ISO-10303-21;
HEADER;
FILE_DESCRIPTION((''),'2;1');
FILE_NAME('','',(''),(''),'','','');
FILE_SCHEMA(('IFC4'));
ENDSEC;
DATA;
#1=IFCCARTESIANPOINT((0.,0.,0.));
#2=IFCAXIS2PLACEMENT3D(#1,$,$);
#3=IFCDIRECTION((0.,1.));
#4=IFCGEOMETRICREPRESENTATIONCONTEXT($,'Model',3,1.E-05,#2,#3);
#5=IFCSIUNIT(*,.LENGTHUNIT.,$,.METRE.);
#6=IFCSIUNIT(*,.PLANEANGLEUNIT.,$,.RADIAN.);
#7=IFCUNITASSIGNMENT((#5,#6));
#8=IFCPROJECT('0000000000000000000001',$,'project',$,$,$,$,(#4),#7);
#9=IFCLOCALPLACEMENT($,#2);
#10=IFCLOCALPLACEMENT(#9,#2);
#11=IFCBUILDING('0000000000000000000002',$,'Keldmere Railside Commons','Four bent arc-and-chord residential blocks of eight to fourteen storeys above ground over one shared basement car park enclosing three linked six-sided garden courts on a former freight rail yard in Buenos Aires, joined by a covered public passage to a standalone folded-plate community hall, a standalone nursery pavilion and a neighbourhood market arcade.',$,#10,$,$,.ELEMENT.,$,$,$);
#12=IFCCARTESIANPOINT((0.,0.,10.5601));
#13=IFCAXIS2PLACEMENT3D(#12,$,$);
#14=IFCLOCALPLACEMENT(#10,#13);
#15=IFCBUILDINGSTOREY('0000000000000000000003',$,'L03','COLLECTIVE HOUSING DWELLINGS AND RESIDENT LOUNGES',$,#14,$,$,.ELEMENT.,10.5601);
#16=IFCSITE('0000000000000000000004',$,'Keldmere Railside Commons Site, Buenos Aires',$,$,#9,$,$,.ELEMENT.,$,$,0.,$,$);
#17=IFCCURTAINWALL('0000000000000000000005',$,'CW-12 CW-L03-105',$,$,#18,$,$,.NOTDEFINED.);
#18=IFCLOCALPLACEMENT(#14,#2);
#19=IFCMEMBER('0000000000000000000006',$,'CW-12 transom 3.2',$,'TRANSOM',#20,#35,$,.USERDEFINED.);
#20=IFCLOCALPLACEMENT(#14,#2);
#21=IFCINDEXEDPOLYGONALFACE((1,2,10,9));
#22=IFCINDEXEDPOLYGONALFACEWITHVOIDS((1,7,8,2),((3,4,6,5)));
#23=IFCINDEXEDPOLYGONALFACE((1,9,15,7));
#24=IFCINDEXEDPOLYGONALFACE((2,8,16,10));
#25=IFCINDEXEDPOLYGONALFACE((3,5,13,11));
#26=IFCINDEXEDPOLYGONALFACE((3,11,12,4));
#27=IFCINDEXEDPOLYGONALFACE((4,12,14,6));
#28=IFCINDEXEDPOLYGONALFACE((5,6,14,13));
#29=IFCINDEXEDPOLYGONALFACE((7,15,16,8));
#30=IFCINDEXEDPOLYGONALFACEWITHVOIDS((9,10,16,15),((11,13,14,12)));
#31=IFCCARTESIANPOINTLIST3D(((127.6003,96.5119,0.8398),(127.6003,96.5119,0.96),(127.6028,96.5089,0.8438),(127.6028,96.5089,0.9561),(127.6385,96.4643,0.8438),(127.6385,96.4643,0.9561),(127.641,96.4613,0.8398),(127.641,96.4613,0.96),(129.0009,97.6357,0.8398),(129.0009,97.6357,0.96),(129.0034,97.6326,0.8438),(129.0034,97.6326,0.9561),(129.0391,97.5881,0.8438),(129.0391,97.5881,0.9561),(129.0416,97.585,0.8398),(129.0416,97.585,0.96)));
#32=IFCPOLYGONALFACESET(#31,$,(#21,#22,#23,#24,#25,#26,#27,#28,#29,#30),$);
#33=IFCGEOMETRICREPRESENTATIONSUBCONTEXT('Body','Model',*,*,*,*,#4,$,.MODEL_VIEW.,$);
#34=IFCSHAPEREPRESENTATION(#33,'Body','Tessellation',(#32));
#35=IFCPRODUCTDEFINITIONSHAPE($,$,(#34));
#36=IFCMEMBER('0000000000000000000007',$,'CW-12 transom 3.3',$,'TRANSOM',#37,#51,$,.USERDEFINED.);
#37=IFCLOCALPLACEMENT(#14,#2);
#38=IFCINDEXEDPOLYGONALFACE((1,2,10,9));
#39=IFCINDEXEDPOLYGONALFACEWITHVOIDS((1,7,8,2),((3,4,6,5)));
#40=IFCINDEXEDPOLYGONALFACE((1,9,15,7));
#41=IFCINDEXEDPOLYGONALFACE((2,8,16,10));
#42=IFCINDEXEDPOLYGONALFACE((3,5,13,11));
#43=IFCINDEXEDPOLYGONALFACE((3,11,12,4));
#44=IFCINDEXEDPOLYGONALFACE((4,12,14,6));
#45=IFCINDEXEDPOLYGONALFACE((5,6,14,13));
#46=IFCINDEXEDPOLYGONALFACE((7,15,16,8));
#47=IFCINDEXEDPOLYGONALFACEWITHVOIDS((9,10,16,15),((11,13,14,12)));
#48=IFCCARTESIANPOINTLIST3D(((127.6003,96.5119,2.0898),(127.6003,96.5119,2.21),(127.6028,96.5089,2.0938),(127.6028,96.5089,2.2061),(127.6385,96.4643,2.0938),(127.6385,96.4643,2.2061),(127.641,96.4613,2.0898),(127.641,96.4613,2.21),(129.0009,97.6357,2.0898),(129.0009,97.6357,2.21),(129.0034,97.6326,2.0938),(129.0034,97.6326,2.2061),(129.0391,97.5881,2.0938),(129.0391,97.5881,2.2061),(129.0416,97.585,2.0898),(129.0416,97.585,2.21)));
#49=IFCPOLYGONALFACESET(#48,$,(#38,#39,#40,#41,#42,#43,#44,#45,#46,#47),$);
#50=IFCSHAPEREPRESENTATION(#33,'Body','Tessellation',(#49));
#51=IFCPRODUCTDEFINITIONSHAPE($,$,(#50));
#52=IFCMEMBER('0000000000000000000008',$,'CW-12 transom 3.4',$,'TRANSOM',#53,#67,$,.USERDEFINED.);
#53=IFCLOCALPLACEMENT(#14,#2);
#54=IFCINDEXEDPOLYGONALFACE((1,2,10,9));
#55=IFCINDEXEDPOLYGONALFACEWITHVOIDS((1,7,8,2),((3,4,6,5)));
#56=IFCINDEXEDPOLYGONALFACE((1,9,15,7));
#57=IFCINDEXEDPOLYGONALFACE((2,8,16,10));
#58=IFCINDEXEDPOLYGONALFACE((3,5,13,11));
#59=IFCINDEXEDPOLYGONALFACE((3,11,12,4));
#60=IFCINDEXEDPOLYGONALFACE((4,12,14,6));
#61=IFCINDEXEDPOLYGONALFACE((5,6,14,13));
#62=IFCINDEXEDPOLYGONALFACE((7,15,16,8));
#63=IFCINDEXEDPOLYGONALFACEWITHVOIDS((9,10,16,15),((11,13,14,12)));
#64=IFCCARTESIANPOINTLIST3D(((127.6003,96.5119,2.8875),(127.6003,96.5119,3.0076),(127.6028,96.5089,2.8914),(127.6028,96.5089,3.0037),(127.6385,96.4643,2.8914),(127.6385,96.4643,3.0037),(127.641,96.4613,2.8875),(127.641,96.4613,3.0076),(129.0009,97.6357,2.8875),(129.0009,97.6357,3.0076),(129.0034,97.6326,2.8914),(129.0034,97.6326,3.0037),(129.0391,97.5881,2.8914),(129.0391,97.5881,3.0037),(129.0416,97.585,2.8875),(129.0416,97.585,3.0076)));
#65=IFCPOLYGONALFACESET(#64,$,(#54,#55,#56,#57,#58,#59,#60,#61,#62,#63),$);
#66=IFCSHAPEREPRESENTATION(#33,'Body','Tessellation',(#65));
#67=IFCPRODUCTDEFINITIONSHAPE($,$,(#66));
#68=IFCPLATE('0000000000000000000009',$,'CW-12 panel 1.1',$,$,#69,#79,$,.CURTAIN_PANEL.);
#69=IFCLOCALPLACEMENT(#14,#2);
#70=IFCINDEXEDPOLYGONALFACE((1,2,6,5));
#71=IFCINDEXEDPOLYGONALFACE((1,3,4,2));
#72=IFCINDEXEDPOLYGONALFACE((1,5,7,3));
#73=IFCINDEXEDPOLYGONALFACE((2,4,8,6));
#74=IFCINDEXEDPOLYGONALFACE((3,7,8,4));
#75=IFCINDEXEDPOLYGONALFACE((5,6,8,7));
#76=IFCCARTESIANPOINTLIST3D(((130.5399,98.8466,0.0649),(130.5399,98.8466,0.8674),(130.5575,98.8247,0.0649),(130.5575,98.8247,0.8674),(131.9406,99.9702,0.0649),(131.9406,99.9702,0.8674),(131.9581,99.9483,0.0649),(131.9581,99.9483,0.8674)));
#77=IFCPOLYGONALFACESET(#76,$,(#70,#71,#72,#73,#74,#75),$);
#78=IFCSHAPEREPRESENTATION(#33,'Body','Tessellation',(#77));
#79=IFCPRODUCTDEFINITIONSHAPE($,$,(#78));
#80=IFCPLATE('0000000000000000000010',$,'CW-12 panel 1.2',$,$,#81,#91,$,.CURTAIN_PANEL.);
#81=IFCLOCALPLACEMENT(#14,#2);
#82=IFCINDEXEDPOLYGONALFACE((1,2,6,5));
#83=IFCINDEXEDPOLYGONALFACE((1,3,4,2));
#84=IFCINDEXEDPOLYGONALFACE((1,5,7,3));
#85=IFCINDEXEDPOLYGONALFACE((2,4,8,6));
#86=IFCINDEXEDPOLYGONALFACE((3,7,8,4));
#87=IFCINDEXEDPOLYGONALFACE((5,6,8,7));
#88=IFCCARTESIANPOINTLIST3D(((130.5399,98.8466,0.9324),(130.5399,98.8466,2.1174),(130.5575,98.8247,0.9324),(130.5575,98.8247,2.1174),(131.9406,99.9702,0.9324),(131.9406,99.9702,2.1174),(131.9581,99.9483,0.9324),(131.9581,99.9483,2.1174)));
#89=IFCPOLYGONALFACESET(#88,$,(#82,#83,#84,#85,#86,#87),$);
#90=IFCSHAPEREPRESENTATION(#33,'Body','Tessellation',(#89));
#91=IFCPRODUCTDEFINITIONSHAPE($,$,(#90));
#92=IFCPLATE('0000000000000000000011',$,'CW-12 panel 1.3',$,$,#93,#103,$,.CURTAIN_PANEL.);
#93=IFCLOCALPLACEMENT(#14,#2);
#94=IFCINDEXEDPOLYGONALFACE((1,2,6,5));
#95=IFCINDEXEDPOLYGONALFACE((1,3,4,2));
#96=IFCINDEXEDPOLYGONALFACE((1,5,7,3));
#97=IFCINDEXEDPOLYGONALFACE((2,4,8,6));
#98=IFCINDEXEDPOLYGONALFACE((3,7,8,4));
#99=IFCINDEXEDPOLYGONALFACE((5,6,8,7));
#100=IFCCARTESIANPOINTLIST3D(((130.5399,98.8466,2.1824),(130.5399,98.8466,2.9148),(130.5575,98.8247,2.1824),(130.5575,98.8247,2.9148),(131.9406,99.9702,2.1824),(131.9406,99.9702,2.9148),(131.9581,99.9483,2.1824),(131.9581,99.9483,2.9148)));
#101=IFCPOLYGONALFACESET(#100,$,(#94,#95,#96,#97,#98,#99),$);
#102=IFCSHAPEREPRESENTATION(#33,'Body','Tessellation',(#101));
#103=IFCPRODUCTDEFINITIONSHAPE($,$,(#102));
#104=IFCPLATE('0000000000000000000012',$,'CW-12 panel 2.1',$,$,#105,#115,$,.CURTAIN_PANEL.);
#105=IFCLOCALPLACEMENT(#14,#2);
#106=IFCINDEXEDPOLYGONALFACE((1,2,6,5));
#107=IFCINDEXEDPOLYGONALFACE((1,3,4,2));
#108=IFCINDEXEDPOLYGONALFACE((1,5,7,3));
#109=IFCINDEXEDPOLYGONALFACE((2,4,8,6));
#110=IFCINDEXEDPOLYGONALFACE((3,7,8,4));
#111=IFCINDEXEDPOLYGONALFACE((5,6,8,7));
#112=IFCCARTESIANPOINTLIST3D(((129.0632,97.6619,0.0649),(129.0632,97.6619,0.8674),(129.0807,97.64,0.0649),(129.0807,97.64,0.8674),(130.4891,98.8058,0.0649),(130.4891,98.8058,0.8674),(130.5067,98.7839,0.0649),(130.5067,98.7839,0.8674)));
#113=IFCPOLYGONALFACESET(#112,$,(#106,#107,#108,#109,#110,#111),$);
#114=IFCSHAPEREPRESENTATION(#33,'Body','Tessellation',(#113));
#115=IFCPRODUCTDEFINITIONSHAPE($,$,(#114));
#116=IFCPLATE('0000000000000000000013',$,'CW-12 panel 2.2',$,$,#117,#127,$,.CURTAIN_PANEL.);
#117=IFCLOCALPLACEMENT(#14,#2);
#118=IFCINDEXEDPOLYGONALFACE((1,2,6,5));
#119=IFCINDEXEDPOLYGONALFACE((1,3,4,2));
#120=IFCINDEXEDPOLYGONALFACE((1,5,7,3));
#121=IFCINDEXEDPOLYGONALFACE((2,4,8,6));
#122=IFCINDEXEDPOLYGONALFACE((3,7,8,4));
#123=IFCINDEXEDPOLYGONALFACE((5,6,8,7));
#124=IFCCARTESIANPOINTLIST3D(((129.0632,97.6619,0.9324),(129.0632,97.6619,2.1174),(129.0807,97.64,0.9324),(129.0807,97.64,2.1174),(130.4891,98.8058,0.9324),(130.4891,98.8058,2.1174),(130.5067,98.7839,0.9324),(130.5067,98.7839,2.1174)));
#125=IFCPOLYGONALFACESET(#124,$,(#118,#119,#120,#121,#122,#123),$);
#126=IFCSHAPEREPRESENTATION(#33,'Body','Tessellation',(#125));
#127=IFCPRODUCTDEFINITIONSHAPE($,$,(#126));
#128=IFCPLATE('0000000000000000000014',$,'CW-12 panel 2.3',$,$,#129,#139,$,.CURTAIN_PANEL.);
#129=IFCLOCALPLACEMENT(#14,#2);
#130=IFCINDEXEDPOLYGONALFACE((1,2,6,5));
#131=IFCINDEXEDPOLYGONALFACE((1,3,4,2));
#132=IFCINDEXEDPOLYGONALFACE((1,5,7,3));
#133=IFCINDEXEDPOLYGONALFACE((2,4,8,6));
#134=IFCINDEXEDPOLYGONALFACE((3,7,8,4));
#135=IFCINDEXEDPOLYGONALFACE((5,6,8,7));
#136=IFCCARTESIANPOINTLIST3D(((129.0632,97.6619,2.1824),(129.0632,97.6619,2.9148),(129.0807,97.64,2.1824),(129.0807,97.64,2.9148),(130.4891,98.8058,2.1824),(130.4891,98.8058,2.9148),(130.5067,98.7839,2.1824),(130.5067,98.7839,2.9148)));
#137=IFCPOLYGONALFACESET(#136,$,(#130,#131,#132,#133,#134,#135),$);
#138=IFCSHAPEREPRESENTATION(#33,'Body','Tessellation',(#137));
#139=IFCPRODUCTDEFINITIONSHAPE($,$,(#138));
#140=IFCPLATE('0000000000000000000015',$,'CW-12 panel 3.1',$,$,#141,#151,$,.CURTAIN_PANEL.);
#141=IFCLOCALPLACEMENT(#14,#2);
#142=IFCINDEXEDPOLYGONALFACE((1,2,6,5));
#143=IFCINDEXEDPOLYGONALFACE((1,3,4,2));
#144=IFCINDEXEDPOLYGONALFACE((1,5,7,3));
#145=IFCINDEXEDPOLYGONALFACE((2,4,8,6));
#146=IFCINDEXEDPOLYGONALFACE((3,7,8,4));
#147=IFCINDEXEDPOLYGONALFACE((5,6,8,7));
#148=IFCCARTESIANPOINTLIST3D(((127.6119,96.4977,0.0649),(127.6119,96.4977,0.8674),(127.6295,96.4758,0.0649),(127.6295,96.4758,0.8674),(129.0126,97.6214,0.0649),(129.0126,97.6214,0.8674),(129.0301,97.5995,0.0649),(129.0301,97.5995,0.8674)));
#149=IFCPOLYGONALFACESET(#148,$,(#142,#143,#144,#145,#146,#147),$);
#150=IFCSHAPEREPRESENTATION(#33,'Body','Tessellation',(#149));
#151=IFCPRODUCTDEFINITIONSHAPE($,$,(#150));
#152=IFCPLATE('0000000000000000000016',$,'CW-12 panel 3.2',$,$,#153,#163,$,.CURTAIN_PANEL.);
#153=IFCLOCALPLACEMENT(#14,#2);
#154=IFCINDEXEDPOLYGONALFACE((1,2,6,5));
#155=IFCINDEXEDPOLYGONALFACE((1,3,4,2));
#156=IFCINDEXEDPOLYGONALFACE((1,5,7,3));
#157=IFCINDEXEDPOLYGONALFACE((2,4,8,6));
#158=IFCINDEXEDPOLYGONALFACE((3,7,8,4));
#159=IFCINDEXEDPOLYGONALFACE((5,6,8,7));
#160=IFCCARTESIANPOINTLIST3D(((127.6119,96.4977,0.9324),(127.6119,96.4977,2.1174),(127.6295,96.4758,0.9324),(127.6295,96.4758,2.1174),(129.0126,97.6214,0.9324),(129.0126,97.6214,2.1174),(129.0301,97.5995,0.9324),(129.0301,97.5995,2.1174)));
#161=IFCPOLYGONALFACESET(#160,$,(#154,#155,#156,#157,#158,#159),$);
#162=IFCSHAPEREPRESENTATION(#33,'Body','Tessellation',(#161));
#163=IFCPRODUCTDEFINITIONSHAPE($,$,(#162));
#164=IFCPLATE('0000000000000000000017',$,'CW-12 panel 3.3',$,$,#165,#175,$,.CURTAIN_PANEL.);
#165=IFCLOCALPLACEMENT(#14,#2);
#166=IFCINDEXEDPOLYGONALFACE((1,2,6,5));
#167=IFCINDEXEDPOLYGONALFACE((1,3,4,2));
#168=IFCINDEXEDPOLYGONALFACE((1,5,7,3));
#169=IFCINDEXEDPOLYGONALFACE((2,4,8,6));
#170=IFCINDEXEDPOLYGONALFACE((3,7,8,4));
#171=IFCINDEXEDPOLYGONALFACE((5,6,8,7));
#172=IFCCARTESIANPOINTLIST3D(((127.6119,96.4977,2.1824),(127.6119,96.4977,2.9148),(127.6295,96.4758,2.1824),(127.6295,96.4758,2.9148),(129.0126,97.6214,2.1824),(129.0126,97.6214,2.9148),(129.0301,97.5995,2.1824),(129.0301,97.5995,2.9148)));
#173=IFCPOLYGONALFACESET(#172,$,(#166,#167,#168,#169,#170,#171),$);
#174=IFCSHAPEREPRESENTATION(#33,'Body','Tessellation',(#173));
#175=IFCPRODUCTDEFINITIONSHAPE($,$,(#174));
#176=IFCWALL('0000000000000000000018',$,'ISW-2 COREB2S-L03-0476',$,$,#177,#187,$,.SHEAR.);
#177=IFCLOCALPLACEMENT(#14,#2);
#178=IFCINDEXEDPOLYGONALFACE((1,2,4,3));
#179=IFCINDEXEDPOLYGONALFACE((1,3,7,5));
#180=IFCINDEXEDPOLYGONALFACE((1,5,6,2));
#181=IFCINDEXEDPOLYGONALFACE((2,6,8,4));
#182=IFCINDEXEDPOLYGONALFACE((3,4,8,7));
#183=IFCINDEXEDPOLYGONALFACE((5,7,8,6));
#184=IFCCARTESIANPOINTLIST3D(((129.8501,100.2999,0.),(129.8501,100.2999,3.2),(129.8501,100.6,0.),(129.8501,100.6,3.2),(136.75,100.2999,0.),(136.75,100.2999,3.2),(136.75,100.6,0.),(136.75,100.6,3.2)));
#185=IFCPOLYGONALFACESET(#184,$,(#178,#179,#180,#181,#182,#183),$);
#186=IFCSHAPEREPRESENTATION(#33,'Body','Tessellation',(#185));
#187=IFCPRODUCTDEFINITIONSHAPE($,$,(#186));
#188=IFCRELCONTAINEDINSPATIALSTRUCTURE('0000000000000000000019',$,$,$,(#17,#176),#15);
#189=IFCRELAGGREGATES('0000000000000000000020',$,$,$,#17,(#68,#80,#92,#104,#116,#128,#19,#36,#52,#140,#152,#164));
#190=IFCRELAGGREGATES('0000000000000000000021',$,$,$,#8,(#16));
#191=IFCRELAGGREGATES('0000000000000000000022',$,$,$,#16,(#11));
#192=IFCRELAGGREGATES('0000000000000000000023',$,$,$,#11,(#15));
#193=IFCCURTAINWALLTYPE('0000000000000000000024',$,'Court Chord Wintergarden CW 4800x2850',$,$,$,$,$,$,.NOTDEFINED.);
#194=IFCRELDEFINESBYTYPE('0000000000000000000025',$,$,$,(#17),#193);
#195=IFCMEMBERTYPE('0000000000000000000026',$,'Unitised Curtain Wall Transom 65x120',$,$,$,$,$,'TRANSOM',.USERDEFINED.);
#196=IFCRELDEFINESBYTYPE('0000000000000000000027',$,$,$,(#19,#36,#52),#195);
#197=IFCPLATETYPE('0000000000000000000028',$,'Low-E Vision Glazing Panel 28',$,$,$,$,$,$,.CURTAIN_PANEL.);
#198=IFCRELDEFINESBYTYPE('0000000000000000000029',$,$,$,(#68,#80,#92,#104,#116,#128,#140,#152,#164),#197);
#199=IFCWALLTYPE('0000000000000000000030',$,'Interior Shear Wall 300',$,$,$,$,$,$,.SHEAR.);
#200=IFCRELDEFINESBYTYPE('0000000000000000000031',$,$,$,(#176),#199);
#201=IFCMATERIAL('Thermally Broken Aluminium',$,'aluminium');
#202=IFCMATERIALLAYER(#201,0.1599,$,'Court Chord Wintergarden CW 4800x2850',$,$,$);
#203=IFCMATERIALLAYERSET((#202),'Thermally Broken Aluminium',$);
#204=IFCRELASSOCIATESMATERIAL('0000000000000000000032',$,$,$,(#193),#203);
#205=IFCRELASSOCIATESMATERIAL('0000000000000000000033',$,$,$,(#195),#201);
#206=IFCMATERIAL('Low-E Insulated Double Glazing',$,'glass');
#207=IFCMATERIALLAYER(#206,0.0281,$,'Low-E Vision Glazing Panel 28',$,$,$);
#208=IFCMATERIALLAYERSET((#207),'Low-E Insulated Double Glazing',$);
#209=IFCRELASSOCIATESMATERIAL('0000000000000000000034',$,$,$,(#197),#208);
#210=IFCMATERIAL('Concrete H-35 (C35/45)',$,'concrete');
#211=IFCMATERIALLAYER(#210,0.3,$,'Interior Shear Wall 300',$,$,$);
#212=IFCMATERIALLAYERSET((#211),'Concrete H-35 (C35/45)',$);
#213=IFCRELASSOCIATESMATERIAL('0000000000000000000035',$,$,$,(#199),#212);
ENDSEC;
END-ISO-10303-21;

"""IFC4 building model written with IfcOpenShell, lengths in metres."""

from ifc_helpers import new_model, si_unit, direction, frame, frame_2d, origin, origin_2d, place, context, subcontext, project, spatial, rectangle, hollow_rectangle, extrude, material, layer, layer_set, material_profile, profile_set, type_object, element, aggregate, save


model = new_model("IFC4")

# Units and contexts
model_context = context("Model", 3, precision=1e-05, world=origin(), true_north=direction((0.0, 1.0)))
body_context = subcontext(model_context, "Body", "Model", "MODEL_VIEW")
ifc_project = project(units=[si_unit("LENGTHUNIT", "METRE"), si_unit("PLANEANGLEUNIT", "RADIAN")], contexts=[model_context])

# Site, building, storey
site_placement = place(None, origin())
site = spatial("IfcSite", under=ifc_project, at=site_placement, Name="Keldmere Railside Commons Site, Buenos Aires", CompositionType="ELEMENT", RefElevation=0.0)
building_placement = place(site_placement, origin())
building = spatial("IfcBuilding", under=site, at=building_placement, Name="Keldmere Railside Commons", Description="Four bent arc-and-chord residential blocks of eight to fourteen storeys above ground over one shared basement car park enclosing three linked six-sided garden courts on a former freight rail yard in Buenos Aires, joined by a covered public passage to a standalone folded-plate community hall, a standalone nursery pavilion and a neighbourhood market arcade.", CompositionType="ELEMENT")
storey_placement = place(building_placement, frame((0.0, 0.0, 10.5601)))
storey = spatial("IfcBuildingStorey", under=building, at=storey_placement, Name="L03", Description="COLLECTIVE HOUSING DWELLINGS AND RESIDENT LOUNGES", CompositionType="ELEMENT", Elevation=10.5601)

# Curtain wall, members, plates
ifc_material_1 = material(Name="Thermally Broken Aluminium", Category="aluminium")
ifc_layer_1 = layer(ifc_material_1, 0.1599, Name="Court Chord Wintergarden CW 4800x2850")
ifc_layer_set_1 = layer_set([ifc_layer_1], Name="Thermally Broken Aluminium")
curtain_wall_type = type_object("IfcCurtainWallType", Name="Court Chord Wintergarden CW 4800x2850", PredefinedType="NOTDEFINED", material=ifc_layer_set_1)
curtain_wall_placement = place(storey_placement, origin())
curtain_wall = element("IfcCurtainWall", 1, at=curtain_wall_placement, inside=storey, type_object=curtain_wall_type, Name="CW-12 CW-L03-105", PredefinedType="NOTDEFINED")
ifc_material_profile_1 = material_profile(ifc_material_1, hollow_rectangle(XDim=0.0649, YDim=0.1201, WallThickness=0.0039, at=origin_2d()), Name="ALU-TRAN-65x120")
ifc_profile_set_1 = profile_set([ifc_material_profile_1], Name="Thermally Broken Aluminium")
member_type_1 = type_object("IfcMemberType", Name="Unitised Curtain Wall Transom 65x120", ElementType="TRANSOM", PredefinedType="USERDEFINED", material=ifc_profile_set_1)
member_1_placement = place(storey_placement, frame((129.0212, 97.6104, 0.8999), z_axis=(-0.779979, -0.625805, 0.0), x_axis=(0.625805, -0.779979, 0.0)))
member_1 = element("IfcMember", 2, at=member_1_placement, type_object=member_type_1, Name="CW-12 transom 3.2", ObjectType="TRANSOM", PredefinedType="USERDEFINED", context=body_context, shape_type="SweptSolid", body=[
    extrude(hollow_rectangle(XDim=0.0649, YDim=0.1201, WallThickness=0.0039, at=origin_2d()), origin(), (0.0, 0.0, 1.0), 1.7957),
])
member_2_placement = place(storey_placement, frame((129.0212, 97.6104, 2.1499), z_axis=(-0.779979, -0.625805, 0.0), x_axis=(0.625805, -0.779979, 0.0)))
member_2 = element("IfcMember", 3, at=member_2_placement, type_object=member_type_1, Name="CW-12 transom 3.3", ObjectType="TRANSOM", PredefinedType="USERDEFINED", context=body_context, shape_type="SweptSolid", body=[
    extrude(hollow_rectangle(XDim=0.0649, YDim=0.1201, WallThickness=0.0039, at=origin_2d()), origin(), (0.0, 0.0, 1.0), 1.7957),
])
member_3_placement = place(storey_placement, frame((129.0212, 97.6104, 2.9475), z_axis=(-0.779979, -0.625805, 0.0), x_axis=(0.625805, -0.779979, 0.0)))
member_3 = element("IfcMember", 4, at=member_3_placement, type_object=member_type_1, Name="CW-12 transom 3.4", ObjectType="TRANSOM", PredefinedType="USERDEFINED", context=body_context, shape_type="SweptSolid", body=[
    extrude(hollow_rectangle(XDim=0.0649, YDim=0.1201, WallThickness=0.0039, at=origin_2d()), origin(), (0.0, 0.0, 1.0), 1.7957),
])
ifc_material_2 = material(Name="Low-E Insulated Double Glazing", Category="glass")
ifc_layer_2 = layer(ifc_material_2, 0.0281, Name="Low-E Vision Glazing Panel 28")
ifc_layer_set_2 = layer_set([ifc_layer_2], Name="Low-E Insulated Double Glazing")
plate_type = type_object("IfcPlateType", Name="Low-E Vision Glazing Panel 28", PredefinedType="CURTAIN_PANEL", material=ifc_layer_set_2)
plate_1_placement = place(storey_placement, frame((131.249, 99.3975, 0.0649), z_axis=(0.0, 0.0, 1.0), x_axis=(-0.780009, -0.625768, 0.0)))
plate_1 = element("IfcPlate", 5, at=plate_1_placement, type_object=plate_type, Name="CW-12 panel 1.1", PredefinedType="CURTAIN_PANEL", context=body_context, shape_type="SweptSolid", body=[
    extrude(rectangle(XDim=1.7957, YDim=0.0281, at=origin_2d()), origin(), (0.0, 0.0, 1.0), 0.8025),
])
plate_2_placement = place(storey_placement, frame((131.249, 99.3975, 0.9324), z_axis=(0.0, 0.0, 1.0), x_axis=(-0.780009, -0.625768, 0.0)))
plate_2 = element("IfcPlate", 6, at=plate_2_placement, type_object=plate_type, Name="CW-12 panel 1.2", PredefinedType="CURTAIN_PANEL", context=body_context, shape_type="SweptSolid", body=[
    extrude(rectangle(XDim=1.7957, YDim=0.0281, at=origin_2d()), origin(), (0.0, 0.0, 1.0), 1.1851),
])
plate_3_placement = place(storey_placement, frame((131.249, 99.3975, 2.1824), z_axis=(0.0, 0.0, 1.0), x_axis=(-0.780009, -0.625768, 0.0)))
plate_3 = element("IfcPlate", 7, at=plate_3_placement, type_object=plate_type, Name="CW-12 panel 1.3", PredefinedType="CURTAIN_PANEL", context=body_context, shape_type="SweptSolid", body=[
    extrude(rectangle(XDim=1.7957, YDim=0.0281, at=origin_2d()), origin(), (0.0, 0.0, 1.0), 0.7324),
])
plate_4_placement = place(storey_placement, frame((129.7849, 98.2229, 0.0649), z_axis=(0.0, 0.0, 1.0), x_axis=(-0.780009, -0.625768, 0.0)))
plate_4 = element("IfcPlate", 8, at=plate_4_placement, type_object=plate_type, Name="CW-12 panel 2.1", PredefinedType="CURTAIN_PANEL", context=body_context, shape_type="SweptSolid", body=[
    extrude(rectangle(XDim=1.8281, YDim=0.0281, at=origin_2d()), origin(), (0.0, 0.0, 1.0), 0.8025),
])
plate_5_placement = place(storey_placement, frame((129.7849, 98.2229, 0.9324), z_axis=(0.0, 0.0, 1.0), x_axis=(-0.780009, -0.625768, 0.0)))
plate_5 = element("IfcPlate", 9, at=plate_5_placement, type_object=plate_type, Name="CW-12 panel 2.2", PredefinedType="CURTAIN_PANEL", context=body_context, shape_type="SweptSolid", body=[
    extrude(rectangle(XDim=1.8281, YDim=0.0281, at=origin_2d()), origin(), (0.0, 0.0, 1.0), 1.1851),
])
plate_6_placement = place(storey_placement, frame((129.7849, 98.2229, 2.1824), z_axis=(0.0, 0.0, 1.0), x_axis=(-0.780009, -0.625768, 0.0)))
plate_6 = element("IfcPlate", 10, at=plate_6_placement, type_object=plate_type, Name="CW-12 panel 2.3", PredefinedType="CURTAIN_PANEL", context=body_context, shape_type="SweptSolid", body=[
    extrude(rectangle(XDim=1.8281, YDim=0.0281, at=origin_2d()), origin(), (0.0, 0.0, 1.0), 0.7324),
])
plate_7_placement = place(storey_placement, frame((128.321, 97.0486, 0.0649), z_axis=(0.0, 0.0, 1.0), x_axis=(-0.780009, -0.625768, 0.0)))
plate_7 = element("IfcPlate", 11, at=plate_7_placement, type_object=plate_type, Name="CW-12 panel 3.1", PredefinedType="CURTAIN_PANEL", context=body_context, shape_type="SweptSolid", body=[
    extrude(rectangle(XDim=1.7957, YDim=0.0281, at=origin_2d()), origin(), (0.0, 0.0, 1.0), 0.8025),
])
plate_8_placement = place(storey_placement, frame((128.321, 97.0486, 0.9324), z_axis=(0.0, 0.0, 1.0), x_axis=(-0.780009, -0.625768, 0.0)))
plate_8 = element("IfcPlate", 12, at=plate_8_placement, type_object=plate_type, Name="CW-12 panel 3.2", PredefinedType="CURTAIN_PANEL", context=body_context, shape_type="SweptSolid", body=[
    extrude(rectangle(XDim=1.7957, YDim=0.0281, at=origin_2d()), origin(), (0.0, 0.0, 1.0), 1.1851),
])
plate_9_placement = place(storey_placement, frame((128.321, 97.0486, 2.1824), z_axis=(0.0, 0.0, 1.0), x_axis=(-0.780009, -0.625768, 0.0)))
plate_9 = element("IfcPlate", 13, at=plate_9_placement, type_object=plate_type, Name="CW-12 panel 3.3", PredefinedType="CURTAIN_PANEL", context=body_context, shape_type="SweptSolid", body=[
    extrude(rectangle(XDim=1.7957, YDim=0.0281, at=origin_2d()), origin(), (0.0, 0.0, 1.0), 0.7324),
])
aggregate(curtain_wall, [plate_1, plate_2, plate_3, plate_4, plate_5, plate_6, member_1, member_2, member_3, plate_7, plate_8, plate_9])

# Wall
ifc_material_3 = material(Name="Concrete H-35 (C35/45)", Category="concrete")
ifc_layer_3 = layer(ifc_material_3, 0.3, Name="Interior Shear Wall 300")
ifc_layer_set_3 = layer_set([ifc_layer_3], Name="Concrete H-35 (C35/45)")
wall_type = type_object("IfcWallType", Name="Interior Shear Wall 300", PredefinedType="SHEAR", material=ifc_layer_set_3)
wall_placement = place(storey_placement, frame((129.8501, 100.45, 0.0), z_axis=(0.0, 0.0, 1.0), x_axis=(1.0, 0.0, 0.0)))
element("IfcWall", 14, at=wall_placement, inside=storey, type_object=wall_type, Name="ISW-2 COREB2S-L03-0476", PredefinedType="SHEAR", context=body_context, shape_type="SweptSolid", body=[
    extrude(rectangle(XDim=6.8999, YDim=0.3, at=frame_2d((3.45, 0.0))), origin(), (0.0, 0.0, 1.0), 3.2),
])

save(model, "model.ifc")
